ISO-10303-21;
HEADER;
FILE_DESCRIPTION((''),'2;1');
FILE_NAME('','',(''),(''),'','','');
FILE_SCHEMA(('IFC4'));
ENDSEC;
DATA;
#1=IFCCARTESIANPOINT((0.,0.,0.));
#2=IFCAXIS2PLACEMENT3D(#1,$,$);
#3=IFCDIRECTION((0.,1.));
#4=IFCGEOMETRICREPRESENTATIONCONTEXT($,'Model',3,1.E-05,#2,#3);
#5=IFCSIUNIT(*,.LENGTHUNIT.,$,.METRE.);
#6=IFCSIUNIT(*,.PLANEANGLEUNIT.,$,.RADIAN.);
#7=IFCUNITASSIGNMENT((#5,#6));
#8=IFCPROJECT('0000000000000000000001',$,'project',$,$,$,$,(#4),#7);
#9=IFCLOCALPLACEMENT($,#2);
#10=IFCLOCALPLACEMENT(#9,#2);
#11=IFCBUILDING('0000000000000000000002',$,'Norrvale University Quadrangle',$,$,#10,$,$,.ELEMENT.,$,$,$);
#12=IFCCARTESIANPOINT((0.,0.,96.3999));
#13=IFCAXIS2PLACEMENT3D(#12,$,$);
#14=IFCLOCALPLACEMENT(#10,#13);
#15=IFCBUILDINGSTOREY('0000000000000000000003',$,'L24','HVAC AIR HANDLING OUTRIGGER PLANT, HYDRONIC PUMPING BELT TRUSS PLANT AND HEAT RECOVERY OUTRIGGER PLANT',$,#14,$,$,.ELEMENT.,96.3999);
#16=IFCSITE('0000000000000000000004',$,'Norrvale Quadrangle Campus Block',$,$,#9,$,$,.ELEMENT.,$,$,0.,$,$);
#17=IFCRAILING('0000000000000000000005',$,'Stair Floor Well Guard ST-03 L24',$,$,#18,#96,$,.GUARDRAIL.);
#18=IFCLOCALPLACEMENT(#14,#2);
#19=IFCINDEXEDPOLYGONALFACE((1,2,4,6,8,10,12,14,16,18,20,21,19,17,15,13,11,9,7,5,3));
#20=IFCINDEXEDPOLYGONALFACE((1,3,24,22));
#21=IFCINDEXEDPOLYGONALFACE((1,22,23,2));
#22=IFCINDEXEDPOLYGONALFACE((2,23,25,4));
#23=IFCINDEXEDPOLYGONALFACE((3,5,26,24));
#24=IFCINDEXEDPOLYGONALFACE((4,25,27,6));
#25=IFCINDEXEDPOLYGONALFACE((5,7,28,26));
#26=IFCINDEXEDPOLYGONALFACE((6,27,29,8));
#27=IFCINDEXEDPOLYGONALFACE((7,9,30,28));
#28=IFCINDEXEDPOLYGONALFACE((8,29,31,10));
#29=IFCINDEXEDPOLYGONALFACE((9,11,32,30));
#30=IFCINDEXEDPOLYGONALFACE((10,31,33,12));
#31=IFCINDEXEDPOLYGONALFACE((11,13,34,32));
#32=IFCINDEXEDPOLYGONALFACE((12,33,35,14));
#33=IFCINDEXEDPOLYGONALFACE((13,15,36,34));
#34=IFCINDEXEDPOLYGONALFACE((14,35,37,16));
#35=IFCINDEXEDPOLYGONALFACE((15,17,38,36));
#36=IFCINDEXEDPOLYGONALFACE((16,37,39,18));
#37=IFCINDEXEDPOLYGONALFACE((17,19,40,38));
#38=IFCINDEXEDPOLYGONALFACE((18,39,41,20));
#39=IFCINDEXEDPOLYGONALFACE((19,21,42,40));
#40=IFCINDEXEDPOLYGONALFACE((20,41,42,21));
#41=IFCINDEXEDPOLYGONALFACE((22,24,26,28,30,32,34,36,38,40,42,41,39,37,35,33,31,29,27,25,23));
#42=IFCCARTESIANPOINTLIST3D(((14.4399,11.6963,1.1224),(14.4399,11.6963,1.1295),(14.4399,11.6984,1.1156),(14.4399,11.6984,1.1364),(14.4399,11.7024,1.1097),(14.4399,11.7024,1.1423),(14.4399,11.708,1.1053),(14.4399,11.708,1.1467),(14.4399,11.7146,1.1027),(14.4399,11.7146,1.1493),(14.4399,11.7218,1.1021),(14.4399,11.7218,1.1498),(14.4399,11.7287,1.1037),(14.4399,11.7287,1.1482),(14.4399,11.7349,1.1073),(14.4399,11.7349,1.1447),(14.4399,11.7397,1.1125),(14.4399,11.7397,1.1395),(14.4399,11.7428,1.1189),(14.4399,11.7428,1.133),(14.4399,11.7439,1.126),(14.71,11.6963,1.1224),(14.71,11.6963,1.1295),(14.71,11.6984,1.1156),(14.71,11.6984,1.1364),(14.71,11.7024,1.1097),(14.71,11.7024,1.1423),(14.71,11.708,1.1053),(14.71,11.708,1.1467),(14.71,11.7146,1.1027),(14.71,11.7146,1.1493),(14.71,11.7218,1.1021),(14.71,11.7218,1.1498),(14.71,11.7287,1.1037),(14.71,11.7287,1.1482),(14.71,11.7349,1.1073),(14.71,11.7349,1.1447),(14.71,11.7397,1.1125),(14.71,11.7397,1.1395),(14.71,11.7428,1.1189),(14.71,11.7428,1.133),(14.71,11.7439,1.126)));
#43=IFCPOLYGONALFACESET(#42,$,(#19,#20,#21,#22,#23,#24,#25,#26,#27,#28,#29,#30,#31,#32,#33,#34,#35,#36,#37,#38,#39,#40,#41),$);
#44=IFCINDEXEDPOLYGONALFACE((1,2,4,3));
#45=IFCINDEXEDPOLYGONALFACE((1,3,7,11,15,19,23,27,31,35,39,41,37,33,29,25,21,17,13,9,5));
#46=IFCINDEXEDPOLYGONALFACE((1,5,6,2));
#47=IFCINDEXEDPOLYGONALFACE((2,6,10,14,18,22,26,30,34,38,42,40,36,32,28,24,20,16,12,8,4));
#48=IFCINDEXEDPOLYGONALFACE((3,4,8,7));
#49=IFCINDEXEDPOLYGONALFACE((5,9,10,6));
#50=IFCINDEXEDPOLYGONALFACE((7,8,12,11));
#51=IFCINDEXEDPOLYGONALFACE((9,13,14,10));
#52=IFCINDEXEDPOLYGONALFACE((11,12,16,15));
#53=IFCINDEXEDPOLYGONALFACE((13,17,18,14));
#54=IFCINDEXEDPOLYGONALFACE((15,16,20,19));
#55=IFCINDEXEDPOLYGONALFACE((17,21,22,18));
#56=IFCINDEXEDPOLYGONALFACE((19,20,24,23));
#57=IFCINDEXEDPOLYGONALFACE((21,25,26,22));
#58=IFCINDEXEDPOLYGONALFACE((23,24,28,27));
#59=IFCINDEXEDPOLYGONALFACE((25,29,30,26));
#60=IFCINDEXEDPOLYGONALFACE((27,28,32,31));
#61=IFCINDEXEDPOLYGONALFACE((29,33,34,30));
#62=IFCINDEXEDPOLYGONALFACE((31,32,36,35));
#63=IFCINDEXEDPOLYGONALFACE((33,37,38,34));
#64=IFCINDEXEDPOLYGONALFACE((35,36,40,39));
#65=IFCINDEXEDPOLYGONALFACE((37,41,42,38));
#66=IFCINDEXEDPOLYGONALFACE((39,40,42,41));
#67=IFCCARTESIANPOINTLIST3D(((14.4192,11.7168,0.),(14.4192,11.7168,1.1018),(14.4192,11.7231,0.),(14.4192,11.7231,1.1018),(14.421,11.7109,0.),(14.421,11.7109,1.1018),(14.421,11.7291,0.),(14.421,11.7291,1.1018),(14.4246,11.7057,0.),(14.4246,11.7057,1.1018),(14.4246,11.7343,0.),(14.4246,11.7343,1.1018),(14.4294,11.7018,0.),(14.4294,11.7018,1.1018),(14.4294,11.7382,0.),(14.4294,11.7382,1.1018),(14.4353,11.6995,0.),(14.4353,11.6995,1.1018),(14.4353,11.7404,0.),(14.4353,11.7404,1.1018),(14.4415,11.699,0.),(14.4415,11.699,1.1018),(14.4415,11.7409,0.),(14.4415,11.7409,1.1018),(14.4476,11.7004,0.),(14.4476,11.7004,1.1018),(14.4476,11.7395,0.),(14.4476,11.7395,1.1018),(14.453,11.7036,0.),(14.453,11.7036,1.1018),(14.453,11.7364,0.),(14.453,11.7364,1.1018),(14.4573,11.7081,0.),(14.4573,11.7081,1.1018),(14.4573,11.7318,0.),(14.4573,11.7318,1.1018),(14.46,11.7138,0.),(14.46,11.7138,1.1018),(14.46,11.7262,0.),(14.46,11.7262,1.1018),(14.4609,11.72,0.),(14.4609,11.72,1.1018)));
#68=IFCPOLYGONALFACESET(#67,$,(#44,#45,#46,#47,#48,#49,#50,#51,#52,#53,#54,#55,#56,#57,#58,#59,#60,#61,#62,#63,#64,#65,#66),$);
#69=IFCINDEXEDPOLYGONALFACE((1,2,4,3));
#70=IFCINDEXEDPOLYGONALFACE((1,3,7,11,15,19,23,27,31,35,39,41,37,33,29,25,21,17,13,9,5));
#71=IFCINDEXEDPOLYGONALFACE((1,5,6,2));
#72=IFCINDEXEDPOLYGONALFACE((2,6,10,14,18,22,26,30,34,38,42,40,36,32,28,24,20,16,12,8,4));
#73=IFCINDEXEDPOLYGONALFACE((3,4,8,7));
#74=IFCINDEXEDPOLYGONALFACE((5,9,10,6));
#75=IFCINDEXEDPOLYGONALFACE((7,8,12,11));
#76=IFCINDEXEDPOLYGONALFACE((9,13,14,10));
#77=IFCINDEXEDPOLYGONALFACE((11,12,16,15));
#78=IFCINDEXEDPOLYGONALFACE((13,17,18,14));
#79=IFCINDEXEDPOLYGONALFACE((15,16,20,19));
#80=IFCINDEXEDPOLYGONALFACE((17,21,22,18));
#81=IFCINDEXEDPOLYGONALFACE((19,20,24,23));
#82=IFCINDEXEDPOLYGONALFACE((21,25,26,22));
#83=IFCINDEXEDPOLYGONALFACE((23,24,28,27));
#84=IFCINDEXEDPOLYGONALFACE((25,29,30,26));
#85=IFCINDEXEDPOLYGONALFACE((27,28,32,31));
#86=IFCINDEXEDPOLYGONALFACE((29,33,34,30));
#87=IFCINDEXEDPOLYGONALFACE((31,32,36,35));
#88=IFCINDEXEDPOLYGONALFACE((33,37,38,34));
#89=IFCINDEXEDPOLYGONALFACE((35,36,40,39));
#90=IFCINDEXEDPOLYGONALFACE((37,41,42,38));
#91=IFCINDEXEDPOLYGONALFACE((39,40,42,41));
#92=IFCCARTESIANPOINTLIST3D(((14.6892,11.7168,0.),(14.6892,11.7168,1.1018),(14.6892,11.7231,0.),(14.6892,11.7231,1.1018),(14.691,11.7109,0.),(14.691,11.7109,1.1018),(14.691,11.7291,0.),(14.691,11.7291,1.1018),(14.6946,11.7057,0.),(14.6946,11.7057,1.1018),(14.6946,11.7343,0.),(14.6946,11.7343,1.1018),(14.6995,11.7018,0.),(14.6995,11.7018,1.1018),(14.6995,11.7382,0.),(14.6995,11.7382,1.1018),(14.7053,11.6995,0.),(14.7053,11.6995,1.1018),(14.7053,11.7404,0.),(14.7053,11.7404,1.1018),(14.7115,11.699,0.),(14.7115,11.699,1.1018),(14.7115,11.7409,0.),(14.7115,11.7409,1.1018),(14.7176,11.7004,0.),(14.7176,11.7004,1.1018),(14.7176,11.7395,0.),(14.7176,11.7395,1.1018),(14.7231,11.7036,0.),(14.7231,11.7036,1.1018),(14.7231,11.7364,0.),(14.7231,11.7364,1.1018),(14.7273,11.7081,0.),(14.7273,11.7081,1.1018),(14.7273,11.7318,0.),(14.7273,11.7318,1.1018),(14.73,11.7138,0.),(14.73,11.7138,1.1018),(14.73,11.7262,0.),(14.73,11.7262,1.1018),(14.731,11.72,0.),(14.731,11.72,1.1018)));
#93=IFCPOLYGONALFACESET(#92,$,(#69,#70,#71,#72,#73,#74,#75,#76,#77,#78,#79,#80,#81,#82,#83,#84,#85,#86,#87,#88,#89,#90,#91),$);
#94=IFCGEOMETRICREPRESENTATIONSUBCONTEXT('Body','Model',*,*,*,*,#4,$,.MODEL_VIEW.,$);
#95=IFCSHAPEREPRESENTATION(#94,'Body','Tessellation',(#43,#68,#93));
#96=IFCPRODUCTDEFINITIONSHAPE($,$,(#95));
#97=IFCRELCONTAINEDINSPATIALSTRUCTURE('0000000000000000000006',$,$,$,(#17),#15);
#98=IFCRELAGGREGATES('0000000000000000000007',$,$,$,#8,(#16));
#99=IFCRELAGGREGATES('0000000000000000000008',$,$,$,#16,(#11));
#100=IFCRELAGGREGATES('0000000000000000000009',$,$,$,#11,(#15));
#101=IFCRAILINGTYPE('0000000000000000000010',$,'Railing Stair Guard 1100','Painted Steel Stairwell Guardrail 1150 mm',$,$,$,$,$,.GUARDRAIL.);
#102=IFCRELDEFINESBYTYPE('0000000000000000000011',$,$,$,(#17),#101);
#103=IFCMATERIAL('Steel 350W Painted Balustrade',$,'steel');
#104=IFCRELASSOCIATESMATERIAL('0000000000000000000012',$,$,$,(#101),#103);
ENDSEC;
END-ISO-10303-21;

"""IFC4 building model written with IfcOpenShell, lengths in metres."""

from ifc_helpers import new_model, si_unit, direction, frame, origin, origin_2d, place, context, subcontext, project, spatial, circle, extrude, material, type_object, element, save


model = new_model("IFC4")

# Units and contexts
model_context = context("Model", 3, precision=1e-05, world=origin(), true_north=direction((0.0, 1.0)))
body_context = subcontext(model_context, "Body", "Model", "MODEL_VIEW")
ifc_project = project(units=[si_unit("LENGTHUNIT", "METRE"), si_unit("PLANEANGLEUNIT", "RADIAN")], contexts=[model_context])

# Site, building, storey
site_placement = place(None, origin())
site = spatial("IfcSite", under=ifc_project, at=site_placement, Name="Norrvale Quadrangle Campus Block", CompositionType="ELEMENT", RefElevation=0.0)
building_placement = place(site_placement, origin())
building = spatial("IfcBuilding", under=site, at=building_placement, Name="Norrvale University Quadrangle", CompositionType="ELEMENT")
storey_placement = place(building_placement, frame((0.0, 0.0, 96.3999)))
storey = spatial("IfcBuildingStorey", under=building, at=storey_placement, Name="L24", Description="HVAC AIR HANDLING OUTRIGGER PLANT, HYDRONIC PUMPING BELT TRUSS PLANT AND HEAT RECOVERY OUTRIGGER PLANT", CompositionType="ELEMENT", Elevation=96.3999)

# Railing
ifc_material_1 = material(Name="Steel 350W Painted Balustrade", Category="steel")
railing_type_1 = type_object("IfcRailingType", Name="Railing Stair Guard 1100", Description="Painted Steel Stairwell Guardrail 1150 mm", PredefinedType="GUARDRAIL", material=ifc_material_1)
railing_1_placement = place(storey_placement, frame((14.4399, 11.72, 0.0)))
element("IfcRailing", 1, at=railing_1_placement, inside=storey, type_object=railing_type_1, Name="Stair Floor Well Guard ST-03 L24", PredefinedType="GUARDRAIL", context=body_context, shape_type="SweptSolid", body=[
    extrude(circle(Radius=0.0239, at=origin_2d()), frame((0.0, 0.0, 1.126), z_axis=(1.0, 0.0, 0.0), x_axis=(0.0, 1.0, 0.0)), (0.0, 0.0, 1.0), 0.27),
    extrude(circle(Radius=0.021, at=origin_2d()), origin(), (0.0, 0.0, 1.0), 1.1018),
    extrude(circle(Radius=0.021, at=origin_2d()), frame((0.27, 0.0, 0.0)), (0.0, 0.0, 1.0), 1.1018),
])

save(model, "model.ifc")
